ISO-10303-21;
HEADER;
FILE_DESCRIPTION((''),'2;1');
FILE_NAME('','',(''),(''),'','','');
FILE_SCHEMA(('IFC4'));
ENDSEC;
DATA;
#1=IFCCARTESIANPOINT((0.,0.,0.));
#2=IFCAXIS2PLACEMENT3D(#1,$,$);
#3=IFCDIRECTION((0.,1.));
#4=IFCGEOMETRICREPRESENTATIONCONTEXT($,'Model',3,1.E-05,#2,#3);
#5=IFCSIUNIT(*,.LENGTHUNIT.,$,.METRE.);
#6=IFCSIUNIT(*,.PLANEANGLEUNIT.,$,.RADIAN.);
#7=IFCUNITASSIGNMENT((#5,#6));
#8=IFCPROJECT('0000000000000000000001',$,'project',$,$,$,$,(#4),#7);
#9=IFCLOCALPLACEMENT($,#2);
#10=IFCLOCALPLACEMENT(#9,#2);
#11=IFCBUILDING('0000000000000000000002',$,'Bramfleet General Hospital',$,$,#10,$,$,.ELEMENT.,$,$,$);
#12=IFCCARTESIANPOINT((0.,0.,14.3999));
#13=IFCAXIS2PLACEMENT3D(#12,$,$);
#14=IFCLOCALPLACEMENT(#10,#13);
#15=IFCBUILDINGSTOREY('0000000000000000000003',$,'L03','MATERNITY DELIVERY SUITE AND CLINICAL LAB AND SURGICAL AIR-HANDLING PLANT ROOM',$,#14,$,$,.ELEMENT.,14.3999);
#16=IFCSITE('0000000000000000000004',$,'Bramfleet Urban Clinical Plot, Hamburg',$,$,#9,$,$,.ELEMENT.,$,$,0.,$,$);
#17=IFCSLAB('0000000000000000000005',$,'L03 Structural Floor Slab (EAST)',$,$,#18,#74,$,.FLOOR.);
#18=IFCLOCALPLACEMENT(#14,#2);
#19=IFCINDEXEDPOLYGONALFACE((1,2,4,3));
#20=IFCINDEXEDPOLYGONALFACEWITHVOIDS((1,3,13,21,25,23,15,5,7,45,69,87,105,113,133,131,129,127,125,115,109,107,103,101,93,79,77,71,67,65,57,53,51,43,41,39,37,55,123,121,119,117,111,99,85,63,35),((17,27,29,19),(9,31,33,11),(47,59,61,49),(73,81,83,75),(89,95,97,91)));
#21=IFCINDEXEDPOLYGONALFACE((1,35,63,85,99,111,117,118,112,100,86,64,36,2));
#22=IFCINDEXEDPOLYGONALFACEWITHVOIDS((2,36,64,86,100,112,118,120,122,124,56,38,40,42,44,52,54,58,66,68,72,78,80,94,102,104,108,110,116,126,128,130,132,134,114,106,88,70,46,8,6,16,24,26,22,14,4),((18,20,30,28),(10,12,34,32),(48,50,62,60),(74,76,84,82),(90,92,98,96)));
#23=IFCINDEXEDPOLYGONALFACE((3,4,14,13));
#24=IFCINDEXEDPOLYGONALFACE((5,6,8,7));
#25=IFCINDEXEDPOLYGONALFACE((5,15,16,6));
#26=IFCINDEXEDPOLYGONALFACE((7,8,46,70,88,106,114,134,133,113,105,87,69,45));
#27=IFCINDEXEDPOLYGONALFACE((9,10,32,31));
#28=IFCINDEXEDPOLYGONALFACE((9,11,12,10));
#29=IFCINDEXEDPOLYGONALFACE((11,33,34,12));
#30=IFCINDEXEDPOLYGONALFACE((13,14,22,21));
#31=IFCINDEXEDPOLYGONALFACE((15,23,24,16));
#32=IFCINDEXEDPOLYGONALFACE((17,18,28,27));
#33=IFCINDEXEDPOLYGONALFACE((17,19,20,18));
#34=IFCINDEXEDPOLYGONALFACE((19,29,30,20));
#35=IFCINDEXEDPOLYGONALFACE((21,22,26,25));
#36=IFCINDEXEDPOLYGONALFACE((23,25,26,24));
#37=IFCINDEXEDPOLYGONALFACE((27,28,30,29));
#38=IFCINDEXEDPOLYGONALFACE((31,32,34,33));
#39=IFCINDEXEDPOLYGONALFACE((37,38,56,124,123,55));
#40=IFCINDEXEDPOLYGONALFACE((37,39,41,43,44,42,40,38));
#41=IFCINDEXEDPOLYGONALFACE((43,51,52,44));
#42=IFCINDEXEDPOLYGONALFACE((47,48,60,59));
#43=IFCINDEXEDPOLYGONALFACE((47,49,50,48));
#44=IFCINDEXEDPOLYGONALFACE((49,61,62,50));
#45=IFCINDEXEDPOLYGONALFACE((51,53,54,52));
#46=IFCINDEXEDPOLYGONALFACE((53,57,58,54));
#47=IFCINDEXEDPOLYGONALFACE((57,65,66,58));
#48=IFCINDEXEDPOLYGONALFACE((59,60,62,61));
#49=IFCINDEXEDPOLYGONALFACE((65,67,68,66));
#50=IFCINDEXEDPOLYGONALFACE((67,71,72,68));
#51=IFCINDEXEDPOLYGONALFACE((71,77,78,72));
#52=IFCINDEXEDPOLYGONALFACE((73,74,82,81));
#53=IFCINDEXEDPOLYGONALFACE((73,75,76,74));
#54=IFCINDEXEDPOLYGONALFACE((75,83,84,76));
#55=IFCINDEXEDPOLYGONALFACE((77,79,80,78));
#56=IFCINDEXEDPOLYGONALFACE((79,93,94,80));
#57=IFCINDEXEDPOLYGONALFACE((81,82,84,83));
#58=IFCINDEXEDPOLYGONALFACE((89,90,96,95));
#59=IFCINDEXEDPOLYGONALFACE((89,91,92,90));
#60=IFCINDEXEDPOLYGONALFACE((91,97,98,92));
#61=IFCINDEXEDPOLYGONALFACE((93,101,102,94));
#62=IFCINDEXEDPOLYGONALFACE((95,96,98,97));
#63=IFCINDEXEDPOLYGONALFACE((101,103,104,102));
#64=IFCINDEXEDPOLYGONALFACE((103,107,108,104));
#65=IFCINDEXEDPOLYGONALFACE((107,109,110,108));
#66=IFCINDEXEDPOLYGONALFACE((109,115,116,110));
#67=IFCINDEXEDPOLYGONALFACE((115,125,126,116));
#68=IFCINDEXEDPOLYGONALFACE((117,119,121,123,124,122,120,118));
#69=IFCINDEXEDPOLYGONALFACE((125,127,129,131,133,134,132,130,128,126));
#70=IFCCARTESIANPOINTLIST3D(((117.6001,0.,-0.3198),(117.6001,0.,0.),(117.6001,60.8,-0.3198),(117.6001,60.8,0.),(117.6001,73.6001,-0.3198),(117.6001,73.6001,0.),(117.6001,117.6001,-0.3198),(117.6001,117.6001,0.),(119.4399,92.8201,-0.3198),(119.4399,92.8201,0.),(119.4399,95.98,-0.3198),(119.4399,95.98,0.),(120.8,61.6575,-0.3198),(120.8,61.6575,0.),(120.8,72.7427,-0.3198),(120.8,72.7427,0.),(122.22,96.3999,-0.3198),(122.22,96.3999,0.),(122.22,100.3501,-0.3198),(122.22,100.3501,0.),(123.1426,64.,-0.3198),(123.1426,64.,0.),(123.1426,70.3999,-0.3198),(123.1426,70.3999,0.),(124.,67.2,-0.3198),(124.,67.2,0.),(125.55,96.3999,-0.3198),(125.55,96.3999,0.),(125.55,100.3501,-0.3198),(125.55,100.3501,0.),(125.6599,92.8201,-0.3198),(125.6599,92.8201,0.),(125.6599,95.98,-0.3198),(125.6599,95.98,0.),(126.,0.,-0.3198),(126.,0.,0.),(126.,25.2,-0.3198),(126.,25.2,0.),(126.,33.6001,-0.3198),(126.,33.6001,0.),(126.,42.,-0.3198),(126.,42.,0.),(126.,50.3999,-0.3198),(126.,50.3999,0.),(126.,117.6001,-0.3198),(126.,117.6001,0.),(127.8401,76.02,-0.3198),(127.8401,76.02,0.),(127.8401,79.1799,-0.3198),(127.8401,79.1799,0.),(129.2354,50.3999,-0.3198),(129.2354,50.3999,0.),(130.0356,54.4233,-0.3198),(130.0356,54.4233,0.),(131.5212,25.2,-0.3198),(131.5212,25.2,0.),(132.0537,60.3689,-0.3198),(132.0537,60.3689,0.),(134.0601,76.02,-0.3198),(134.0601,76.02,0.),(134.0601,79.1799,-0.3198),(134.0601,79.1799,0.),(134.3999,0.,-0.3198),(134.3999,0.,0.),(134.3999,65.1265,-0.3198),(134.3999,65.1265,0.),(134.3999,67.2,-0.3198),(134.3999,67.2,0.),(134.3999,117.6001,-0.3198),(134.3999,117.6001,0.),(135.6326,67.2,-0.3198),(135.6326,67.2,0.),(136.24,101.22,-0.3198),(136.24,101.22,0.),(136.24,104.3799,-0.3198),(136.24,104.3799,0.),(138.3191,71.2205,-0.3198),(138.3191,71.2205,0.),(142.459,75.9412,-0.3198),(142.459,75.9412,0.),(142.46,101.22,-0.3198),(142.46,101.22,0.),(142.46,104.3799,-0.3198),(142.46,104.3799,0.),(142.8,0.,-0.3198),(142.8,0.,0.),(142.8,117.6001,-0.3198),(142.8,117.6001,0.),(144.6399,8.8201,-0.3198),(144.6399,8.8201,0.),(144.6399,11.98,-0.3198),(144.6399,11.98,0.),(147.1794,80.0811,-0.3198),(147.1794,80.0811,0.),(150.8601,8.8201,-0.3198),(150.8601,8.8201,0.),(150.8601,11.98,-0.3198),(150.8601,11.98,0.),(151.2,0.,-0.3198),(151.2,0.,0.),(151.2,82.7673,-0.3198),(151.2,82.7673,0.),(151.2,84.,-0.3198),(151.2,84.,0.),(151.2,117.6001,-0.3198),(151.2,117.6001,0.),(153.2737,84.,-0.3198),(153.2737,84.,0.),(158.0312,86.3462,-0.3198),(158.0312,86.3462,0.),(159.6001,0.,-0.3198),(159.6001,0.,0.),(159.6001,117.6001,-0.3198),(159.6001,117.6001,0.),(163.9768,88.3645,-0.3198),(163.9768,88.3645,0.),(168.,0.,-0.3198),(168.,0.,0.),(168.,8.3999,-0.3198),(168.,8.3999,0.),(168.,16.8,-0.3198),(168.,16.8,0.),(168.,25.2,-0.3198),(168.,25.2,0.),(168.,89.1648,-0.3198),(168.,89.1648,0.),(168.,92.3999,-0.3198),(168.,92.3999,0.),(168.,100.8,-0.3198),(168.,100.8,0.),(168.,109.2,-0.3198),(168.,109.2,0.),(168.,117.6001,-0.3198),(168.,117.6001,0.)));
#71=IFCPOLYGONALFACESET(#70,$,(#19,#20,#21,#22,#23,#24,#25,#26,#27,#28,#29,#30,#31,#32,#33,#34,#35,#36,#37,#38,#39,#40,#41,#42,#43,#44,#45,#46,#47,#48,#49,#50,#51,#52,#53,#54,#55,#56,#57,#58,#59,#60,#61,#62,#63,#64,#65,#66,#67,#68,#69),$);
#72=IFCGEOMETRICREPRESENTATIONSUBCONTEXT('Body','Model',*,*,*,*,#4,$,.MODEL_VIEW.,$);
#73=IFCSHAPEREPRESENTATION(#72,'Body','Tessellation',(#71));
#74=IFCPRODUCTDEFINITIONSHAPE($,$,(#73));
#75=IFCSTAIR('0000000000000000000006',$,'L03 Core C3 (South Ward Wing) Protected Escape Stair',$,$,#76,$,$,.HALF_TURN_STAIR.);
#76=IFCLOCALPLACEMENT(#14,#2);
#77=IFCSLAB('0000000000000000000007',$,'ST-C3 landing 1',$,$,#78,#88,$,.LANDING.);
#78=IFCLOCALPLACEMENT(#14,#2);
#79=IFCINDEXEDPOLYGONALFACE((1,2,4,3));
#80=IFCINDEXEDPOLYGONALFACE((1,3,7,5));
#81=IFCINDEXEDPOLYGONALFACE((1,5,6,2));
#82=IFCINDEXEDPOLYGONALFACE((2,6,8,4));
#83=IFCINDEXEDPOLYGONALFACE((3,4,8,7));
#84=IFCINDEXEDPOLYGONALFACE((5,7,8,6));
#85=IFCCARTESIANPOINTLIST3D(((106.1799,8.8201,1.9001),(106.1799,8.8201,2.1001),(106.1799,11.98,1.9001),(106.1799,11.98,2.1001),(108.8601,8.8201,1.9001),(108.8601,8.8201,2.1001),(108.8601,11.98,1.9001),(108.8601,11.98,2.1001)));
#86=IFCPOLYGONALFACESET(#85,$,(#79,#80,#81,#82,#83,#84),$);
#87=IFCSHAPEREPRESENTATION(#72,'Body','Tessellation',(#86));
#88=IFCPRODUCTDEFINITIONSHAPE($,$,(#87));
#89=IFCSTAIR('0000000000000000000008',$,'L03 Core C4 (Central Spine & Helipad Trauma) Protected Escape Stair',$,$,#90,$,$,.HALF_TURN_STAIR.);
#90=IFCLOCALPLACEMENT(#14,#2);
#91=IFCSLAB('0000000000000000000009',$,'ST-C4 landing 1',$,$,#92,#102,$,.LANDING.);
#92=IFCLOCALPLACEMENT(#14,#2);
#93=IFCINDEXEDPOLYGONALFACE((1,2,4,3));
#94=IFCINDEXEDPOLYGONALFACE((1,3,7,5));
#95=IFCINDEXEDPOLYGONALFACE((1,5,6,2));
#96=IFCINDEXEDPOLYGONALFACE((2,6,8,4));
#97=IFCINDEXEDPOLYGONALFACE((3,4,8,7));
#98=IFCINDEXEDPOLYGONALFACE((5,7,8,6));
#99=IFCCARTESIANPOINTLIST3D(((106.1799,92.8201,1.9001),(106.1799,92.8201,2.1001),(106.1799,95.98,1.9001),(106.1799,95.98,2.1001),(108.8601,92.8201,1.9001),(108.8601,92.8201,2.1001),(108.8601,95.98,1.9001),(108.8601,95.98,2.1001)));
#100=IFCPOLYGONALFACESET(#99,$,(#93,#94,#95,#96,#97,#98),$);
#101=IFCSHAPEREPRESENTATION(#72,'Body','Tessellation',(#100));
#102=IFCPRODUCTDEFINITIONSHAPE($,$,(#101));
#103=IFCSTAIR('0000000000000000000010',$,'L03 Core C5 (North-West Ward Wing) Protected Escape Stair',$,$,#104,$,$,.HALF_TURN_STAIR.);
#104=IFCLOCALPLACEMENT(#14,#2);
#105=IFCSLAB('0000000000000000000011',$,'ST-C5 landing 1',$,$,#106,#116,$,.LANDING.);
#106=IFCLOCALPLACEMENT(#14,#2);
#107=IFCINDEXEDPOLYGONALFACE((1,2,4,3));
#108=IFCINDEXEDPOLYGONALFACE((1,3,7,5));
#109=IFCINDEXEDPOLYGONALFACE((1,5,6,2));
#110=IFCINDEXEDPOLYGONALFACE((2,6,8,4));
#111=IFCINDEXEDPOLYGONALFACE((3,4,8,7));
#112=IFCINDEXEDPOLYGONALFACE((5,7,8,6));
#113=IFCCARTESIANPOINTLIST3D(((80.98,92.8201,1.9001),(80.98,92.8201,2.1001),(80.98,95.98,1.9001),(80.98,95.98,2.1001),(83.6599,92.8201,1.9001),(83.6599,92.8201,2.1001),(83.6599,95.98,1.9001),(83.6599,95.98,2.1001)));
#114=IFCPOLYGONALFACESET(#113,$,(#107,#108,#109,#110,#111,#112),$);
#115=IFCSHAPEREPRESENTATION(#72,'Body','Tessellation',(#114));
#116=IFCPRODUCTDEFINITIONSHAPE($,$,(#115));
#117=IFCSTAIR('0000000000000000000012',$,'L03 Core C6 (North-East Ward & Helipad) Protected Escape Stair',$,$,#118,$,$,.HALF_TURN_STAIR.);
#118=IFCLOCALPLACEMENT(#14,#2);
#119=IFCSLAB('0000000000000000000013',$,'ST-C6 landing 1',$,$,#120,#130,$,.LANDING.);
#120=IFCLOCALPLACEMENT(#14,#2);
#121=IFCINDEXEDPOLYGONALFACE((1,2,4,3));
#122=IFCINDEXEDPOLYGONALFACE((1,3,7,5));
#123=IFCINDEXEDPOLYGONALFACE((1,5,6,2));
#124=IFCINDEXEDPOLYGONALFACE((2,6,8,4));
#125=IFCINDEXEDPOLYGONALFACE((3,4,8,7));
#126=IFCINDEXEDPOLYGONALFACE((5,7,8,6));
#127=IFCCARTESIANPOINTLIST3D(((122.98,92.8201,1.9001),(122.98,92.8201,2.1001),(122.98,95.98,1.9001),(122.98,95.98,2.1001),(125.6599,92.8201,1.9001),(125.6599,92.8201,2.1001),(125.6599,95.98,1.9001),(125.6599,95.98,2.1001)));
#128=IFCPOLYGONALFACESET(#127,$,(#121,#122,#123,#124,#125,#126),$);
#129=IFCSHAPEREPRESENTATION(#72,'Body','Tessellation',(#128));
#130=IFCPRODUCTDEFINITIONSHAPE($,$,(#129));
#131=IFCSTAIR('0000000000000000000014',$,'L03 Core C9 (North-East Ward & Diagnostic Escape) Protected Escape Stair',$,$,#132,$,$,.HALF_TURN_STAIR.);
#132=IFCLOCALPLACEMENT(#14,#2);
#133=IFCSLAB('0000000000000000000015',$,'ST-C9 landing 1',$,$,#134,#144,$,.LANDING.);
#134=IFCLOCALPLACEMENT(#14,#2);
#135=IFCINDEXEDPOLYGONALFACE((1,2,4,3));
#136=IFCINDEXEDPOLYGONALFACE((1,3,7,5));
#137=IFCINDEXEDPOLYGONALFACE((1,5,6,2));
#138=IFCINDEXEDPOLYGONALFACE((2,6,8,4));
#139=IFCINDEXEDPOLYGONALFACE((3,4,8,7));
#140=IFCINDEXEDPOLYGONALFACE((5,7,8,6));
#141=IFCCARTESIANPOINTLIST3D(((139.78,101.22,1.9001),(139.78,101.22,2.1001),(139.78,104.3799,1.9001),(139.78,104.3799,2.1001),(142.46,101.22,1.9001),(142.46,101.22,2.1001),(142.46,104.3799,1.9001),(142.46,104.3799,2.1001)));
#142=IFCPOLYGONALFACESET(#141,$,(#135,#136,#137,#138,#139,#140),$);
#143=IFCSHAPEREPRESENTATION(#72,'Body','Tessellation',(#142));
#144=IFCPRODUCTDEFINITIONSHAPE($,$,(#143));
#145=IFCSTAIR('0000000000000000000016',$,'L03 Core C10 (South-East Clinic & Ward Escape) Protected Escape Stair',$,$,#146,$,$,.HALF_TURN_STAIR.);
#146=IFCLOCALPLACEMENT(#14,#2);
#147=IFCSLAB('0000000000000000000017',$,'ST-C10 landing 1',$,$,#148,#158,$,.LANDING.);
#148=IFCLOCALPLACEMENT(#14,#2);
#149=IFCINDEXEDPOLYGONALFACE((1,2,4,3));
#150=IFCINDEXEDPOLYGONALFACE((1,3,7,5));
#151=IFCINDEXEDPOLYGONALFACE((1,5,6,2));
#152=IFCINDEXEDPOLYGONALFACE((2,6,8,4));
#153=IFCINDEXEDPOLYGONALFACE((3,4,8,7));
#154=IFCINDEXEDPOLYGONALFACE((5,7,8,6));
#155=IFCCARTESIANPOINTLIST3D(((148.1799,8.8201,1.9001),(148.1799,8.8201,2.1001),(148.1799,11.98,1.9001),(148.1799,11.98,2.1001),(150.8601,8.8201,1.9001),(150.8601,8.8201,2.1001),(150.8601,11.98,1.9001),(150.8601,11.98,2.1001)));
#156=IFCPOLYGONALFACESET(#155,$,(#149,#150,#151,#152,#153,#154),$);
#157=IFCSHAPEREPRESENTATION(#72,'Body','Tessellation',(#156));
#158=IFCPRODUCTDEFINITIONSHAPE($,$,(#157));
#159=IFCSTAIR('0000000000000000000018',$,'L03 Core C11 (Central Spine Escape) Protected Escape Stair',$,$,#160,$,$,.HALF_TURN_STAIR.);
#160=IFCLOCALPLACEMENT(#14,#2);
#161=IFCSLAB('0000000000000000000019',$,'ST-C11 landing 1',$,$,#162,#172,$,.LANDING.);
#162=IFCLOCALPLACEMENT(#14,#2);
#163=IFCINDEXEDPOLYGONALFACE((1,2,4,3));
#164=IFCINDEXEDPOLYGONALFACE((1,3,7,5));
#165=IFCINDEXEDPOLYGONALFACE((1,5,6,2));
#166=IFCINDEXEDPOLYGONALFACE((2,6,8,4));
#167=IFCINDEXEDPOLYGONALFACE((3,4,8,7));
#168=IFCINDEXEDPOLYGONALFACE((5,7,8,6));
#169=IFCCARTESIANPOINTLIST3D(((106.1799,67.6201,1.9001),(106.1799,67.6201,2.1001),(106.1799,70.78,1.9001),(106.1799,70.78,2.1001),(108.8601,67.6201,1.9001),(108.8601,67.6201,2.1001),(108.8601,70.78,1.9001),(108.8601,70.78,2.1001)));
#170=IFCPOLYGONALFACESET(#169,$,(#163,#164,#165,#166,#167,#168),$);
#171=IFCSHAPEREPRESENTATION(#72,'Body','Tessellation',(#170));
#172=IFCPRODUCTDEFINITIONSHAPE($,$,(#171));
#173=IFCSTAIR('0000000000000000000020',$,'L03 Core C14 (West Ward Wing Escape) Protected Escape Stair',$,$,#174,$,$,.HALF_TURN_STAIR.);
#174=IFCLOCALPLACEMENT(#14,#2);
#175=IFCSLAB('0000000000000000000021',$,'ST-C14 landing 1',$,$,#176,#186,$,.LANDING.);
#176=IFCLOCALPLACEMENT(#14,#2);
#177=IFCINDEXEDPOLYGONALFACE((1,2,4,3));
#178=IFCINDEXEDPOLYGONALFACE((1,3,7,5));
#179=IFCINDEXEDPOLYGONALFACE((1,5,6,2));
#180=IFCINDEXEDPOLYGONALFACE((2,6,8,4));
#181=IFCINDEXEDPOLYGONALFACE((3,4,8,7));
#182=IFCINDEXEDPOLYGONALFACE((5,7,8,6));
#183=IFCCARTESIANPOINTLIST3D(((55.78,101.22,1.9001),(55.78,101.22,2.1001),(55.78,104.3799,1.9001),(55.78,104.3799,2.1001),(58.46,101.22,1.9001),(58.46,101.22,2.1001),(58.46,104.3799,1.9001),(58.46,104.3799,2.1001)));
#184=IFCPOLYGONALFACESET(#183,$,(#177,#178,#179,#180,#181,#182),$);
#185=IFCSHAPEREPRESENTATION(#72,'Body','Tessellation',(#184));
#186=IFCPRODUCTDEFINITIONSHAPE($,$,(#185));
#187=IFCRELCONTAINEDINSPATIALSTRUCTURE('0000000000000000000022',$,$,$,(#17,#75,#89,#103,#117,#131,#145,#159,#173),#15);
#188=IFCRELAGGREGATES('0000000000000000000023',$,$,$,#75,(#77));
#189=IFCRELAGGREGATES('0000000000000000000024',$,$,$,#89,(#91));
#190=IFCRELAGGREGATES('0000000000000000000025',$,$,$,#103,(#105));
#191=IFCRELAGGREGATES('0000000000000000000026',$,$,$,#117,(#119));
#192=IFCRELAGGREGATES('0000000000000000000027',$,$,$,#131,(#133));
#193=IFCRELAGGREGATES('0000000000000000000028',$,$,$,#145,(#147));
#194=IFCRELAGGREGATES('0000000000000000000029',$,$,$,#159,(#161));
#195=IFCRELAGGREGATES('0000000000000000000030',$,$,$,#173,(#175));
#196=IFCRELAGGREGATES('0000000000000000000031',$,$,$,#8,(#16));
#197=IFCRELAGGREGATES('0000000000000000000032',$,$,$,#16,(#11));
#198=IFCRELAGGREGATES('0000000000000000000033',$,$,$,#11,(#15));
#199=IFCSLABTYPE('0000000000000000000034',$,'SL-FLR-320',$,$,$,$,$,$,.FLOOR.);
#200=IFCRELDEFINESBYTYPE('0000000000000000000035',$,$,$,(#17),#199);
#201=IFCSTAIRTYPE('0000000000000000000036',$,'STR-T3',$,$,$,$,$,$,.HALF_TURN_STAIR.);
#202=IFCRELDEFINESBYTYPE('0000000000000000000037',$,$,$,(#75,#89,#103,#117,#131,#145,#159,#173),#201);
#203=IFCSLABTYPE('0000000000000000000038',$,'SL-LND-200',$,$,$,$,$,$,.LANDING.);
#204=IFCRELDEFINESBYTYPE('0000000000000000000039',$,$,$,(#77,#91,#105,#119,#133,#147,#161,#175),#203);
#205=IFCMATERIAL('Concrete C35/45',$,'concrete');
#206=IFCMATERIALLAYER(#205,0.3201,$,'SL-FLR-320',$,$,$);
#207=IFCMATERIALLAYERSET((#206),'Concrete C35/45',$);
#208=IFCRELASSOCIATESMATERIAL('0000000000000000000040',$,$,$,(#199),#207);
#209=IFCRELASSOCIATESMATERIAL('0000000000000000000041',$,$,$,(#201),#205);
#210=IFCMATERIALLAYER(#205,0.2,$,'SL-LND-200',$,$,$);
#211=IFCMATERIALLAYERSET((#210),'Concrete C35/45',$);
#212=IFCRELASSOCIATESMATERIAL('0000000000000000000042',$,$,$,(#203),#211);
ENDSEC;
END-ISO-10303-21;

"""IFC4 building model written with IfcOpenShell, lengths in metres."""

from ifc_helpers import new_model, si_unit, direction, frame, origin, place, context, subcontext, project, spatial, polyline, outline, extrude, material, layer, layer_set, type_object, element, aggregate, save


model = new_model("IFC4")

# Units and contexts
model_context = context("Model", 3, precision=1e-05, world=origin(), true_north=direction((0.0, 1.0)))
body_context = subcontext(model_context, "Body", "Model", "MODEL_VIEW")
ifc_project = project(units=[si_unit("LENGTHUNIT", "METRE"), si_unit("PLANEANGLEUNIT", "RADIAN")], contexts=[model_context])

# Site, building, storey
site_placement = place(None, origin())
site = spatial("IfcSite", under=ifc_project, at=site_placement, Name="Bramfleet Urban Clinical Plot, Hamburg", CompositionType="ELEMENT", RefElevation=0.0)
building_placement = place(site_placement, origin())
building = spatial("IfcBuilding", under=site, at=building_placement, Name="Bramfleet General Hospital", CompositionType="ELEMENT")
storey_placement = place(building_placement, frame((0.0, 0.0, 14.3999)))
storey = spatial("IfcBuildingStorey", under=building, at=storey_placement, Name="L03", Description="MATERNITY DELIVERY SUITE AND CLINICAL LAB AND SURGICAL AIR-HANDLING PLANT ROOM", CompositionType="ELEMENT", Elevation=14.3999)

# Shared definitions
ifc_material_1 = material(Name="Concrete C35/45", Category="concrete")

# Slab
ifc_layer_1 = layer(ifc_material_1, 0.3201, Name="SL-FLR-320")
ifc_layer_set_1 = layer_set([ifc_layer_1], Name="Concrete C35/45")
slab_type_1 = type_object("IfcSlabType", Name="SL-FLR-320", PredefinedType="FLOOR", material=ifc_layer_set_1)
slab_1_placement = place(storey_placement, frame((0.0, 0.0, -0.3198)))
element("IfcSlab", 1, at=slab_1_placement, inside=storey, type_object=slab_type_1, Name="L03 Structural Floor Slab (EAST)", PredefinedType="FLOOR", context=body_context, shape_type="SweptSolid", body=[
    extrude(outline(polyline([(126.0, 117.6001), (134.3999, 117.6001), (142.8, 117.6001), (151.2, 117.6001), (159.6001, 117.6001), (168.0, 117.6001), (168.0, 109.2), (168.0, 100.8), (168.0, 92.3999), (168.0, 89.1648), (163.9768, 88.3645), (158.0312, 86.3462), (153.2737, 84.0), (151.2, 84.0), (151.2, 82.7673), (147.1794, 80.0811), (142.459, 75.9412), (138.3191, 71.2205), (135.6326, 67.2), (134.3999, 67.2), (134.3999, 65.1265), (132.0537, 60.3689), (130.0356, 54.4233), (129.2354, 50.3999), (126.0, 50.3999), (126.0, 42.0), (126.0, 33.6001), (126.0, 25.2), (131.5212, 25.2), (168.0, 25.2), (168.0, 16.8), (168.0, 8.3999), (168.0, 0.0), (159.6001, 0.0), (151.2, 0.0), (142.8, 0.0), (134.3999, 0.0), (126.0, 0.0), (117.6001, 0.0), (117.6001, 60.8), (120.8, 61.6575), (123.1426, 64.0), (124.0, 67.2), (123.1426, 70.3999), (120.8, 72.7427), (117.6001, 73.6001), (117.6001, 117.6001), (126.0, 117.6001)]), holes=[polyline([(119.4399, 92.8201), (125.6599, 92.8201), (125.6599, 95.98), (119.4399, 95.98), (119.4399, 92.8201)]), polyline([(122.22, 96.3999), (125.55, 96.3999), (125.55, 100.3501), (122.22, 100.3501), (122.22, 96.3999)]), polyline([(136.24, 101.22), (142.46, 101.22), (142.46, 104.3799), (136.24, 104.3799), (136.24, 101.22)]), polyline([(144.6399, 8.8201), (150.8601, 8.8201), (150.8601, 11.98), (144.6399, 11.98), (144.6399, 8.8201)]), polyline([(127.8401, 76.02), (134.0601, 76.02), (134.0601, 79.1799), (127.8401, 79.1799), (127.8401, 76.02)])]), origin(), (0.0, 0.0, 1.0), 0.3198),
])

# Stairs, slabs
stair_type = type_object("IfcStairType", Name="STR-T3", PredefinedType="HALF_TURN_STAIR", material=ifc_material_1)
stair_1_placement = place(storey_placement, origin())
stair_1 = element("IfcStair", 2, at=stair_1_placement, inside=storey, type_object=stair_type, Name="L03 Core C3 (South Ward Wing) Protected Escape Stair", PredefinedType="HALF_TURN_STAIR")
ifc_layer_2 = layer(ifc_material_1, 0.2, Name="SL-LND-200")
ifc_layer_set_2 = layer_set([ifc_layer_2], Name="Concrete C35/45")
slab_type_2 = type_object("IfcSlabType", Name="SL-LND-200", PredefinedType="LANDING", material=ifc_layer_set_2)
slab_2_placement = place(storey_placement, frame((0.0, 0.0, 1.9001)))
slab_2 = element("IfcSlab", 3, at=slab_2_placement, type_object=slab_type_2, Name="ST-C3 landing 1", PredefinedType="LANDING", context=body_context, shape_type="SweptSolid", body=[
    extrude(outline(polyline([(106.1799, 8.8201), (108.8601, 8.8201), (108.8601, 11.98), (106.1799, 11.98), (106.1799, 8.8201)])), origin(), (0.0, 0.0, 1.0), 0.2),
])
aggregate(stair_1, [slab_2])
stair_2_placement = place(storey_placement, origin())
stair_2 = element("IfcStair", 4, at=stair_2_placement, inside=storey, type_object=stair_type, Name="L03 Core C4 (Central Spine & Helipad Trauma) Protected Escape Stair", PredefinedType="HALF_TURN_STAIR")
slab_3_placement = place(storey_placement, frame((0.0, 0.0, 1.9001)))
slab_3 = element("IfcSlab", 5, at=slab_3_placement, type_object=slab_type_2, Name="ST-C4 landing 1", PredefinedType="LANDING", context=body_context, shape_type="SweptSolid", body=[
    extrude(outline(polyline([(106.1799, 92.8201), (108.8601, 92.8201), (108.8601, 95.98), (106.1799, 95.98), (106.1799, 92.8201)])), origin(), (0.0, 0.0, 1.0), 0.2),
])
aggregate(stair_2, [slab_3])
stair_3_placement = place(storey_placement, origin())
stair_3 = element("IfcStair", 6, at=stair_3_placement, inside=storey, type_object=stair_type, Name="L03 Core C5 (North-West Ward Wing) Protected Escape Stair", PredefinedType="HALF_TURN_STAIR")
slab_4_placement = place(storey_placement, frame((0.0, 0.0, 1.9001)))
slab_4 = element("IfcSlab", 7, at=slab_4_placement, type_object=slab_type_2, Name="ST-C5 landing 1", PredefinedType="LANDING", context=body_context, shape_type="SweptSolid", body=[
    extrude(outline(polyline([(80.98, 92.8201), (83.6599, 92.8201), (83.6599, 95.98), (80.98, 95.98), (80.98, 92.8201)])), origin(), (0.0, 0.0, 1.0), 0.2),
])
aggregate(stair_3, [slab_4])
stair_4_placement = place(storey_placement, origin())
stair_4 = element("IfcStair", 8, at=stair_4_placement, inside=storey, type_object=stair_type, Name="L03 Core C6 (North-East Ward & Helipad) Protected Escape Stair", PredefinedType="HALF_TURN_STAIR")
slab_5_placement = place(storey_placement, frame((0.0, 0.0, 1.9001)))
slab_5 = element("IfcSlab", 9, at=slab_5_placement, type_object=slab_type_2, Name="ST-C6 landing 1", PredefinedType="LANDING", context=body_context, shape_type="SweptSolid", body=[
    extrude(outline(polyline([(122.98, 92.8201), (125.6599, 92.8201), (125.6599, 95.98), (122.98, 95.98), (122.98, 92.8201)])), origin(), (0.0, 0.0, 1.0), 0.2),
])
aggregate(stair_4, [slab_5])
stair_5_placement = place(storey_placement, origin())
stair_5 = element("IfcStair", 10, at=stair_5_placement, inside=storey, type_object=stair_type, Name="L03 Core C9 (North-East Ward & Diagnostic Escape) Protected Escape Stair", PredefinedType="HALF_TURN_STAIR")
slab_6_placement = place(storey_placement, frame((0.0, 0.0, 1.9001)))
slab_6 = element("IfcSlab", 11, at=slab_6_placement, type_object=slab_type_2, Name="ST-C9 landing 1", PredefinedType="LANDING", context=body_context, shape_type="SweptSolid", body=[
    extrude(outline(polyline([(139.78, 101.22), (142.46, 101.22), (142.46, 104.3799), (139.78, 104.3799), (139.78, 101.22)])), origin(), (0.0, 0.0, 1.0), 0.2),
])
aggregate(stair_5, [slab_6])
stair_6_placement = place(storey_placement, origin())
stair_6 = element("IfcStair", 12, at=stair_6_placement, inside=storey, type_object=stair_type, Name="L03 Core C10 (South-East Clinic & Ward Escape) Protected Escape Stair", PredefinedType="HALF_TURN_STAIR")
slab_7_placement = place(storey_placement, frame((0.0, 0.0, 1.9001)))
slab_7 = element("IfcSlab", 13, at=slab_7_placement, type_object=slab_type_2, Name="ST-C10 landing 1", PredefinedType="LANDING", context=body_context, shape_type="SweptSolid", body=[
    extrude(outline(polyline([(148.1799, 8.8201), (150.8601, 8.8201), (150.8601, 11.98), (148.1799, 11.98), (148.1799, 8.8201)])), origin(), (0.0, 0.0, 1.0), 0.2),
])
aggregate(stair_6, [slab_7])
stair_7_placement = place(storey_placement, origin())
stair_7 = element("IfcStair", 14, at=stair_7_placement, inside=storey, type_object=stair_type, Name="L03 Core C11 (Central Spine Escape) Protected Escape Stair", PredefinedType="HALF_TURN_STAIR")
slab_8_placement = place(storey_placement, frame((0.0, 0.0, 1.9001)))
slab_8 = element("IfcSlab", 15, at=slab_8_placement, type_object=slab_type_2, Name="ST-C11 landing 1", PredefinedType="LANDING", context=body_context, shape_type="SweptSolid", body=[
    extrude(outline(polyline([(106.1799, 67.6201), (108.8601, 67.6201), (108.8601, 70.78), (106.1799, 70.78), (106.1799, 67.6201)])), origin(), (0.0, 0.0, 1.0), 0.2),
])
aggregate(stair_7, [slab_8])
stair_8_placement = place(storey_placement, origin())
stair_8 = element("IfcStair", 16, at=stair_8_placement, inside=storey, type_object=stair_type, Name="L03 Core C14 (West Ward Wing Escape) Protected Escape Stair", PredefinedType="HALF_TURN_STAIR")
slab_9_placement = place(storey_placement, frame((0.0, 0.0, 1.9001)))
slab_9 = element("IfcSlab", 17, at=slab_9_placement, type_object=slab_type_2, Name="ST-C14 landing 1", PredefinedType="LANDING", context=body_context, shape_type="SweptSolid", body=[
    extrude(outline(polyline([(55.78, 101.22), (58.46, 101.22), (58.46, 104.3799), (55.78, 104.3799), (55.78, 101.22)])), origin(), (0.0, 0.0, 1.0), 0.2),
])
aggregate(stair_8, [slab_9])

save(model, "model.ifc")
